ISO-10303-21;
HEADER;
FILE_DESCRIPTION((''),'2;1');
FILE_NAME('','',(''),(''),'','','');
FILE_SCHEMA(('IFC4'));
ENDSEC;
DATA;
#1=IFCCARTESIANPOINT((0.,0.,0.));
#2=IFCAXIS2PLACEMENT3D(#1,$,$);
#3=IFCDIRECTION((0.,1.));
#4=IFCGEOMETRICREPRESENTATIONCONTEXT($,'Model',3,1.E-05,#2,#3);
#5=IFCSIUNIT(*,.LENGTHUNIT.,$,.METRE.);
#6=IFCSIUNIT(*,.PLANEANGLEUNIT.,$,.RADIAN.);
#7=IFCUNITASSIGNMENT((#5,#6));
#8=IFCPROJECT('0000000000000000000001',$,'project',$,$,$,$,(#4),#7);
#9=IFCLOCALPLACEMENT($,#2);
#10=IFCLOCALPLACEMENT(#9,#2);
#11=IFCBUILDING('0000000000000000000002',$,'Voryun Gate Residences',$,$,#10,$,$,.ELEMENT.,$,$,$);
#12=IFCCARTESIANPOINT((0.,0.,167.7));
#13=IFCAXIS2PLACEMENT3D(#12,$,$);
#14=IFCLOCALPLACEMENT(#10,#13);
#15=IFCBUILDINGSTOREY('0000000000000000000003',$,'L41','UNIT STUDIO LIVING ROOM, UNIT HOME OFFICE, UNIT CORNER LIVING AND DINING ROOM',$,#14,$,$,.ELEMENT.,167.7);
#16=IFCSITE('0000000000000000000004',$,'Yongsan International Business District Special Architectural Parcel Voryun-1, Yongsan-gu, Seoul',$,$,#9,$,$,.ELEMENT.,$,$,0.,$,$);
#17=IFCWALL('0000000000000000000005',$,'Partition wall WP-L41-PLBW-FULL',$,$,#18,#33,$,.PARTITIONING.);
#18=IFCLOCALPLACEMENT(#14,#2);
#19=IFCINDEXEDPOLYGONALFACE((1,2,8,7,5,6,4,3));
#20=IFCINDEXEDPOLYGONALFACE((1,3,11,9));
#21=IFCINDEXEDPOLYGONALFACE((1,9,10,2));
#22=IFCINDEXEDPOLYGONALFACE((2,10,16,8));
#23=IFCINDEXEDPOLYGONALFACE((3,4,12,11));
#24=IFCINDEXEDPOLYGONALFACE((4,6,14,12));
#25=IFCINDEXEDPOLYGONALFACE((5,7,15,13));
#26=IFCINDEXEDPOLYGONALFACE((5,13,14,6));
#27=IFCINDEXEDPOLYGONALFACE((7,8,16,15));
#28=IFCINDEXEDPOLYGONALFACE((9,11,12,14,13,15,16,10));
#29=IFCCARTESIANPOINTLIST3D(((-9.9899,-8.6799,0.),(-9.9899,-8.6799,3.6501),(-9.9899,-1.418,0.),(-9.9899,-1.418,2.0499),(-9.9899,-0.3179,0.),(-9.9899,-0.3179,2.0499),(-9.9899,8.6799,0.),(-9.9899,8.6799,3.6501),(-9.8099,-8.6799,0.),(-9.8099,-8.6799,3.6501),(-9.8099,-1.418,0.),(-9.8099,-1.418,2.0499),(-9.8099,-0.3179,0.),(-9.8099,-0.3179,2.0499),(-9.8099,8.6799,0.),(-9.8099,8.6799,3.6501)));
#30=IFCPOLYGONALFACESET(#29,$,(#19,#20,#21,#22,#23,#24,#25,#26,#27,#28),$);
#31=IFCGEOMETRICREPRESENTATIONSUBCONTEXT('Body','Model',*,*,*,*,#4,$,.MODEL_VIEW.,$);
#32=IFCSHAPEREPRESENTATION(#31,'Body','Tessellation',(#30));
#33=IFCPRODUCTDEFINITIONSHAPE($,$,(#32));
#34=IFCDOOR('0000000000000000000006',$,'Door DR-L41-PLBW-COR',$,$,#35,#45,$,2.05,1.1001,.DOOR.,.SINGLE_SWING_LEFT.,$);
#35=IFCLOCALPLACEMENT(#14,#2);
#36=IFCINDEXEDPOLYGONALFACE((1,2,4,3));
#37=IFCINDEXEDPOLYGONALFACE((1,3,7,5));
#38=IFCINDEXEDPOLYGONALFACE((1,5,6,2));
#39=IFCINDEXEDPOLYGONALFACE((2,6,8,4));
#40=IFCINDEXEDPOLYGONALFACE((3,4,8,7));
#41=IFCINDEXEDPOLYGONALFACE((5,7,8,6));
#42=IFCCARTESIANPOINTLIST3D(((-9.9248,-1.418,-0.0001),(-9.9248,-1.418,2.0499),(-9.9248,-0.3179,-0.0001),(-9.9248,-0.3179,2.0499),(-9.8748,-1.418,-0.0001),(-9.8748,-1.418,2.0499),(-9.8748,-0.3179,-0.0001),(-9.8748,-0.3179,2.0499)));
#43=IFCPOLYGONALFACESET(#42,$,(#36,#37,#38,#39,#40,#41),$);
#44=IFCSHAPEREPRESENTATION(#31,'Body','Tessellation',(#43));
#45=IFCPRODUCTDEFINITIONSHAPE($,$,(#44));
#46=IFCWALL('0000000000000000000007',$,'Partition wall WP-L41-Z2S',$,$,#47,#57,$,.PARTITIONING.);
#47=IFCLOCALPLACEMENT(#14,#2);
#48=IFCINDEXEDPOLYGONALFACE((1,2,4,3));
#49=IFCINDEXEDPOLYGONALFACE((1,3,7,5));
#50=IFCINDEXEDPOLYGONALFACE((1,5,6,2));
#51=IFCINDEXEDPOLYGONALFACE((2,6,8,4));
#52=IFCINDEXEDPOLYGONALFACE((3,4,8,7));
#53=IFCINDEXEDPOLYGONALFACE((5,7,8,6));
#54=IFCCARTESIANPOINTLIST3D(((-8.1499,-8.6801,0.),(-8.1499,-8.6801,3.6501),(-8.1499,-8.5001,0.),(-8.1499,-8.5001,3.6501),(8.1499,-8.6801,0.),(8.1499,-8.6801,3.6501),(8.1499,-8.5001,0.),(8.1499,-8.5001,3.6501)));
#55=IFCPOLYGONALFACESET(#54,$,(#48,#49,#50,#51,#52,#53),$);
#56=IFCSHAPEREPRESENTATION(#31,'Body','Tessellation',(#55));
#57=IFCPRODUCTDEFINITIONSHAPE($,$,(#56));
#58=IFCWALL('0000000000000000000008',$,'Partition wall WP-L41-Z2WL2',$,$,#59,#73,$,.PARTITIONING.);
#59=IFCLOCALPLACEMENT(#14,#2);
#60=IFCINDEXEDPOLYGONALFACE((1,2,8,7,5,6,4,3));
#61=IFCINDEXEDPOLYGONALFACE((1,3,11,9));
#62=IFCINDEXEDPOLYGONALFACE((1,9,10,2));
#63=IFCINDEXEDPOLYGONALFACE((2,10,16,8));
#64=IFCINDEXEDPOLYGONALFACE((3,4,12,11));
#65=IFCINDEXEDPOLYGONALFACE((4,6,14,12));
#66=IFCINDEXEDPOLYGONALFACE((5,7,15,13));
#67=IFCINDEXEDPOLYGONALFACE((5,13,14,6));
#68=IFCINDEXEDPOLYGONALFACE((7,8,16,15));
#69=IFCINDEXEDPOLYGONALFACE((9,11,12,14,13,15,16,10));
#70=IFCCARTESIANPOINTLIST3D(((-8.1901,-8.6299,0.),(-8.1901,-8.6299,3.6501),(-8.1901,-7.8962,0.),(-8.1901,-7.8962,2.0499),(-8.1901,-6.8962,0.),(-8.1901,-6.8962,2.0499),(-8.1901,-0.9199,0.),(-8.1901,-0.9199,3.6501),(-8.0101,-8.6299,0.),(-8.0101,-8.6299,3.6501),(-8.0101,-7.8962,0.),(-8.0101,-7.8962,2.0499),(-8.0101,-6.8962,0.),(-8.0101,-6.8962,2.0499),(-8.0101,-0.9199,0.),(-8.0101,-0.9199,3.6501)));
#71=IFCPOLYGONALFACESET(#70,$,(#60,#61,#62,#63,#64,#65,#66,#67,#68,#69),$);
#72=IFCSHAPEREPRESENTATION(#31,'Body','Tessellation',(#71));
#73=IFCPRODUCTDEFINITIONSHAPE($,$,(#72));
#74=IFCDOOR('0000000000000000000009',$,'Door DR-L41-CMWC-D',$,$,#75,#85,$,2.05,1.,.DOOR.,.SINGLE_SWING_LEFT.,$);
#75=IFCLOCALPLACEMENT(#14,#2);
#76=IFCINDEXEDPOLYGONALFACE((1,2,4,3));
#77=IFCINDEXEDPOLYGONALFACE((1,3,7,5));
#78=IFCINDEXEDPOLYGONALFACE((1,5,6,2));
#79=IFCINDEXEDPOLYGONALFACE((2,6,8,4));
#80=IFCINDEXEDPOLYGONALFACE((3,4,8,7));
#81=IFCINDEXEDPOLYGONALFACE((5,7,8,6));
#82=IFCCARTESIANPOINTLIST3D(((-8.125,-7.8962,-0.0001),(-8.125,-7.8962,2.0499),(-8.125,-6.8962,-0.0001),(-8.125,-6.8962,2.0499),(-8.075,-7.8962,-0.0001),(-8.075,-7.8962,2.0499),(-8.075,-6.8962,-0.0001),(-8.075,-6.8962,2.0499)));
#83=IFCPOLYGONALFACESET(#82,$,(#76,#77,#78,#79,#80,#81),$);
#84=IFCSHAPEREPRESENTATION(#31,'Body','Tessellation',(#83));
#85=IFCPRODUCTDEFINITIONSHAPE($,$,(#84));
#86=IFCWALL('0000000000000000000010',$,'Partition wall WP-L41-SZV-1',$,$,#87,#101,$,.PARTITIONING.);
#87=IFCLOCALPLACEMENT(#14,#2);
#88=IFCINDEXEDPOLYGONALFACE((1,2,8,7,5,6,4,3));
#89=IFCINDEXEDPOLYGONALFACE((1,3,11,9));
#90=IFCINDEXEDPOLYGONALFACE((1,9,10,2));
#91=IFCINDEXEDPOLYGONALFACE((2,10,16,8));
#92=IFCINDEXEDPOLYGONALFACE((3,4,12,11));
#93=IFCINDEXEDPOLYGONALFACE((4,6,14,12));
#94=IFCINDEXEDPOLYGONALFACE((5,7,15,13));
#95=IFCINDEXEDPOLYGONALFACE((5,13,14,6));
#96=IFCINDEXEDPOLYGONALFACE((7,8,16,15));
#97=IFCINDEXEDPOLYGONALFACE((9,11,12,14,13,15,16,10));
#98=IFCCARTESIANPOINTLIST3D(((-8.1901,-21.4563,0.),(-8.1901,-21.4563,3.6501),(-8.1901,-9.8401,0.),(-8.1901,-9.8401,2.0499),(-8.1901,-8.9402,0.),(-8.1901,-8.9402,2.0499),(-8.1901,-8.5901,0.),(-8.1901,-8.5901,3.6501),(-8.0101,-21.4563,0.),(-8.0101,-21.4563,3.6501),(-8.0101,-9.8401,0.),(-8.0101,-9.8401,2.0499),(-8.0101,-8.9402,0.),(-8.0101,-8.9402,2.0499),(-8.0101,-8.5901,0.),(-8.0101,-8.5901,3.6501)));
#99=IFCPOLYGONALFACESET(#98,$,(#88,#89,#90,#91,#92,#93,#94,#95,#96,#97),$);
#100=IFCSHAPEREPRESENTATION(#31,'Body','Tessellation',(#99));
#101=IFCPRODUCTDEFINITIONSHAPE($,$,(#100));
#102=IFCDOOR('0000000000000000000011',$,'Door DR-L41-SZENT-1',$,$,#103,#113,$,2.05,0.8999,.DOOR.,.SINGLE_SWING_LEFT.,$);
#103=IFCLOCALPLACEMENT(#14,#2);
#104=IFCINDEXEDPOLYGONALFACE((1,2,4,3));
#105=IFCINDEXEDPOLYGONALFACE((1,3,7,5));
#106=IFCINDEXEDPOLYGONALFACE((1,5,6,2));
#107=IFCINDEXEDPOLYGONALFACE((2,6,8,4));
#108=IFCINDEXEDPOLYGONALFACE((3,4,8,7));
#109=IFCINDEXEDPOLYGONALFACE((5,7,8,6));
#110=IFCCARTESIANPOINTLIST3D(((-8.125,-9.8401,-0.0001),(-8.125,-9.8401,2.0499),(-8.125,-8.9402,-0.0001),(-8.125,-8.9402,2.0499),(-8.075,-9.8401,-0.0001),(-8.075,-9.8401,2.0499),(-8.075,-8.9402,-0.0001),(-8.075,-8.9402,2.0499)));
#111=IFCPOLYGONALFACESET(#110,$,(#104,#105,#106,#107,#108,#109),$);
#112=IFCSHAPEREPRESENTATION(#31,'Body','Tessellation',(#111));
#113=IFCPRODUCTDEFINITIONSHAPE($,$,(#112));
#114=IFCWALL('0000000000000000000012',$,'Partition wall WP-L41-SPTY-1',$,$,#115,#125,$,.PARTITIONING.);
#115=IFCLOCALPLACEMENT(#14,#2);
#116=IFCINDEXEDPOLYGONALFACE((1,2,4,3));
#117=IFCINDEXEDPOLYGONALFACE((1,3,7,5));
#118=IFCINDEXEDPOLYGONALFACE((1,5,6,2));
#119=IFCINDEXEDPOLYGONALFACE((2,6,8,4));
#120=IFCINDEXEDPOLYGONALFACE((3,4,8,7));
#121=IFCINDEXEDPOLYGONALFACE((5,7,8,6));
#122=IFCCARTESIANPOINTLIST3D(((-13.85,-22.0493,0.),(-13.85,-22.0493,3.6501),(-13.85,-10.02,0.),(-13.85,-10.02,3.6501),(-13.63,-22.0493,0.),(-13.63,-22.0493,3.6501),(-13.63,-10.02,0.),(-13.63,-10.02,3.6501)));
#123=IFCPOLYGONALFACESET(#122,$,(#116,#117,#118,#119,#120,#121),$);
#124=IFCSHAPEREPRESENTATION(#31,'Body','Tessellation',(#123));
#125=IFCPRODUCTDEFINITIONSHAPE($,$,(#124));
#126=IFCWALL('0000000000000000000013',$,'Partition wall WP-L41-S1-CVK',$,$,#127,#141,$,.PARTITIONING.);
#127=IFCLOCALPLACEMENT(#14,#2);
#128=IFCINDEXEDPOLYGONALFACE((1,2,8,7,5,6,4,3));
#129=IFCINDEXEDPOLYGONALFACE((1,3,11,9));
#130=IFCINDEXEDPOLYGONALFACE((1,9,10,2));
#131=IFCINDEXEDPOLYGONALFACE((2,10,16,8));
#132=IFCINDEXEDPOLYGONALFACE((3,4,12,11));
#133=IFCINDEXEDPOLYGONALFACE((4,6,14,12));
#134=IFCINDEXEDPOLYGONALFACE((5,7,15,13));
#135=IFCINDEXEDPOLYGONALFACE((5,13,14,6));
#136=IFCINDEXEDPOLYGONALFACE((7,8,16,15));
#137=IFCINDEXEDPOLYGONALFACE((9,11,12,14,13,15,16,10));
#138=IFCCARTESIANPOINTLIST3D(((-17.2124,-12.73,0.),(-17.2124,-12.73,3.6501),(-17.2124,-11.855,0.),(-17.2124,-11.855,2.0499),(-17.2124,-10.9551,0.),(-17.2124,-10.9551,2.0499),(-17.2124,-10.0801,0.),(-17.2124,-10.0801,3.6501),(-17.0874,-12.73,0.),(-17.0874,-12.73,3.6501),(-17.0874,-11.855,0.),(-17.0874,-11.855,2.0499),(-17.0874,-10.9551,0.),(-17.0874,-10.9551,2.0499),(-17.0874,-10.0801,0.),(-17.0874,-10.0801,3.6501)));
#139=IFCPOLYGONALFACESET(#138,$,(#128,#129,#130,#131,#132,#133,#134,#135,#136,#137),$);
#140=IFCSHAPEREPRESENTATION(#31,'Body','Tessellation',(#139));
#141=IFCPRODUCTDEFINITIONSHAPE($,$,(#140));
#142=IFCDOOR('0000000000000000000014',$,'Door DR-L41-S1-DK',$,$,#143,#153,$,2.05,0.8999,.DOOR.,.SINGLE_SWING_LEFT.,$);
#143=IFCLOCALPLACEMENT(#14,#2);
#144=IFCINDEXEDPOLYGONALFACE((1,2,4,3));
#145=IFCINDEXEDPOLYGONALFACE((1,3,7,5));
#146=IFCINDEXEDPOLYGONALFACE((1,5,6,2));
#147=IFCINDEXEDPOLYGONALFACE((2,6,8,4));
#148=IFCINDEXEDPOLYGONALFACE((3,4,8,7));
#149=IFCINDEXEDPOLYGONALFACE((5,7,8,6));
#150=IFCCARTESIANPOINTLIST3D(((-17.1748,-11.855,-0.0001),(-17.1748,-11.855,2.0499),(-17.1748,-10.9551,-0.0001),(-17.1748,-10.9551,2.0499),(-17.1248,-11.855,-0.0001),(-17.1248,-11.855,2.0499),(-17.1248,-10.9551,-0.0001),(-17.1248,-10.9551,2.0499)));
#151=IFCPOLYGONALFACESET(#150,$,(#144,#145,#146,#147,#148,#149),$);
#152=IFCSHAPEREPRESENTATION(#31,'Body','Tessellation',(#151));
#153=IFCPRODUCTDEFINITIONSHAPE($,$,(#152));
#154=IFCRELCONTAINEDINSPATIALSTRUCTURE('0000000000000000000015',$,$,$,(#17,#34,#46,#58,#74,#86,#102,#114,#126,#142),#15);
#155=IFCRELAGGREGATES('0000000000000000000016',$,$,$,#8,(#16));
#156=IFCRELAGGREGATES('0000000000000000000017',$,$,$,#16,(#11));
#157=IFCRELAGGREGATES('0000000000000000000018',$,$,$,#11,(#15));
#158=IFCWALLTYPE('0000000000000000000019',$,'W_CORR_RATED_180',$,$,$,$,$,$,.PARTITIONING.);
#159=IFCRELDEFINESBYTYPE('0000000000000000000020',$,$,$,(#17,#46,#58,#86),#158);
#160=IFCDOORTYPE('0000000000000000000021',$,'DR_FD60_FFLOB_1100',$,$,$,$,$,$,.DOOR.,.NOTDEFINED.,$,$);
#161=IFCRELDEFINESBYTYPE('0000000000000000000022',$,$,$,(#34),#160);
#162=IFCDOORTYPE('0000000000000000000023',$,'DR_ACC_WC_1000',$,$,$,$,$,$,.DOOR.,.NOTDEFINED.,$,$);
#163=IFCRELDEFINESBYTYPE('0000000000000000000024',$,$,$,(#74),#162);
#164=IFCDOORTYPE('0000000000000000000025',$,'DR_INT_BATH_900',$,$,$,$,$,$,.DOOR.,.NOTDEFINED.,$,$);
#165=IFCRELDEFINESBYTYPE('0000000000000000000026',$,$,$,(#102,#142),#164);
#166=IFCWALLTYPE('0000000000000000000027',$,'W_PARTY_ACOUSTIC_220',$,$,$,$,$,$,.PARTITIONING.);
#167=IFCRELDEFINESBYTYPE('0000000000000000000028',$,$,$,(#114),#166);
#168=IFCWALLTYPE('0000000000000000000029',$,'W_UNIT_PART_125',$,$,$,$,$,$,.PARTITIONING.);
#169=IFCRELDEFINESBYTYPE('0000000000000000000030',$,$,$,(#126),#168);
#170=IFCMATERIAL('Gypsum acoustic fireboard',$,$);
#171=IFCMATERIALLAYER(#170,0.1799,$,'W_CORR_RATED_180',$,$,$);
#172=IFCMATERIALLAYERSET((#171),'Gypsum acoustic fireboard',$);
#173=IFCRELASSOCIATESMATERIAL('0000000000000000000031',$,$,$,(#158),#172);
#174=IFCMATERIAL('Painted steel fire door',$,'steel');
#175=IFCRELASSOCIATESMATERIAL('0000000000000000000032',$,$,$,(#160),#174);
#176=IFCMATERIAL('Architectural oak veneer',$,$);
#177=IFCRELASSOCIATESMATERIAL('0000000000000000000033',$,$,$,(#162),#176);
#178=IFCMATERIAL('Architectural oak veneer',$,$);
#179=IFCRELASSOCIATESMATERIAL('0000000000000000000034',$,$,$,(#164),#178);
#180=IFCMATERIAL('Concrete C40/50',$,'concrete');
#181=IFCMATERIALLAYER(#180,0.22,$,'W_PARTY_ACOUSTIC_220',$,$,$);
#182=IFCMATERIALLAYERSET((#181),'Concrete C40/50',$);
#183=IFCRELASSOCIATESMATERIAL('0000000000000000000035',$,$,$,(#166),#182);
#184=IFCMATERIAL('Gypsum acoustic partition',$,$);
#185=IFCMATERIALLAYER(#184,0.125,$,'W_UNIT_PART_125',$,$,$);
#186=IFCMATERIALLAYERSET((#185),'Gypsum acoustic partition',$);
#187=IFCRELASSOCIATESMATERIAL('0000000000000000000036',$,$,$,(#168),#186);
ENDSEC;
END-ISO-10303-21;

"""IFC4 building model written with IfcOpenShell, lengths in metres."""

from ifc_helpers import new_model, si_unit, direction, frame, frame_2d, origin, place, context, subcontext, project, spatial, rectangle, extrude, material, layer, layer_set, type_object, element, fill, save


model = new_model("IFC4")

# Units and contexts
model_context = context("Model", 3, precision=1e-05, world=origin(), true_north=direction((0.0, 1.0)))
body_context = subcontext(model_context, "Body", "Model", "MODEL_VIEW")
ifc_project = project(units=[si_unit("LENGTHUNIT", "METRE"), si_unit("PLANEANGLEUNIT", "RADIAN")], contexts=[model_context])

# Site, building, storey
site_placement = place(None, origin())
site = spatial("IfcSite", under=ifc_project, at=site_placement, Name="Yongsan International Business District Special Architectural Parcel Voryun-1, Yongsan-gu, Seoul", CompositionType="ELEMENT", RefElevation=0.0)
building_placement = place(site_placement, origin())
building = spatial("IfcBuilding", under=site, at=building_placement, Name="Voryun Gate Residences", CompositionType="ELEMENT")
storey_placement = place(building_placement, frame((0.0, 0.0, 167.7)))
storey = spatial("IfcBuildingStorey", under=building, at=storey_placement, Name="L41", Description="UNIT STUDIO LIVING ROOM, UNIT HOME OFFICE, UNIT CORNER LIVING AND DINING ROOM", CompositionType="ELEMENT", Elevation=167.7)

# Wall, opening, door
ifc_material_1 = material(Name="Gypsum acoustic fireboard")
ifc_layer_1 = layer(ifc_material_1, 0.1799, Name="W_CORR_RATED_180")
ifc_layer_set_1 = layer_set([ifc_layer_1], Name="Gypsum acoustic fireboard")
wall_type_1 = type_object("IfcWallType", Name="W_CORR_RATED_180", PredefinedType="PARTITIONING", material=ifc_layer_set_1)
wall_1_placement = place(storey_placement, frame((-9.8999, -8.6799, 0.0), z_axis=(0.0, 0.0, 1.0), x_axis=(0.0, 1.0, 0.0)))
wall_1 = element("IfcWall", 1, at=wall_1_placement, inside=storey, type_object=wall_type_1, Name="Partition wall WP-L41-PLBW-FULL", PredefinedType="PARTITIONING", context=body_context, shape_type="SweptSolid", body=[
    extrude(rectangle(XDim=17.3599, YDim=0.1799, at=frame_2d((8.6799, 0.0))), origin(), (0.0, 0.0, 1.0), 3.6501),
])
opening_1_placement = place(wall_1_placement, frame((7.262, 0.0, 0.0)))
opening_1 = element("IfcOpeningElement", 2, at=opening_1_placement, cuts=wall_1, PredefinedType="OPENING", context=body_context, shape_type="SweptSolid", body=[
    extrude(rectangle(XDim=1.1001, YDim=2.05, at=frame_2d((0.55, 1.0249))), frame((0.0, 0.0999, 0.0), z_axis=(0.0, -1.0, 0.0), x_axis=(1.0, 0.0, 0.0)), (0.0, 0.0, 1.0), 0.2),
])
ifc_material_2 = material(Name="Painted steel fire door", Category="steel")
door_type_1 = type_object("IfcDoorType", Name="DR_FD60_FFLOB_1100", OperationType="NOTDEFINED", PredefinedType="DOOR", material=ifc_material_2)
door_1_placement = place(opening_1_placement, origin())
door_1 = element("IfcDoor", 3, at=door_1_placement, inside=storey, type_object=door_type_1, Name="Door DR-L41-PLBW-COR", OperationType="SINGLE_SWING_LEFT", OverallHeight=2.05, OverallWidth=1.1001, PredefinedType="DOOR", context=body_context, shape_type="SweptSolid", body=[
    extrude(rectangle(XDim=1.1001, YDim=2.05, at=frame_2d((0.55, 1.0249))), frame((0.0, 0.0249, 0.0), z_axis=(0.0, -1.0, 0.0), x_axis=(1.0, 0.0, 0.0)), (0.0, 0.0, 1.0), 0.05),
])
fill(opening_1, door_1)

# Wall
wall_2_placement = place(storey_placement, frame((-8.1499, -8.5901, 0.0), z_axis=(0.0, 0.0, 1.0), x_axis=(1.0, 0.0, 0.0)))
element("IfcWall", 4, at=wall_2_placement, inside=storey, type_object=wall_type_1, Name="Partition wall WP-L41-Z2S", PredefinedType="PARTITIONING", context=body_context, shape_type="SweptSolid", body=[
    extrude(rectangle(XDim=16.2998, YDim=0.1799, at=frame_2d((8.1499, 0.0))), origin(), (0.0, 0.0, 1.0), 3.6501),
])

# Walls, openings, doors
wall_3_placement = place(storey_placement, frame((-8.1001, -8.6299, 0.0), z_axis=(0.0, 0.0, 1.0), x_axis=(0.0, 1.0, 0.0)))
wall_3 = element("IfcWall", 5, at=wall_3_placement, inside=storey, type_object=wall_type_1, Name="Partition wall WP-L41-Z2WL2", PredefinedType="PARTITIONING", context=body_context, shape_type="SweptSolid", body=[
    extrude(rectangle(XDim=7.71, YDim=0.1799, at=frame_2d((3.855, 0.0))), origin(), (0.0, 0.0, 1.0), 3.6501),
])
opening_2_placement = place(wall_3_placement, frame((0.7336, 0.0, 0.0)))
opening_2 = element("IfcOpeningElement", 6, at=opening_2_placement, cuts=wall_3, PredefinedType="OPENING", context=body_context, shape_type="SweptSolid", body=[
    extrude(rectangle(XDim=1.0, YDim=2.05, at=frame_2d((0.5, 1.0249))), frame((0.0, 0.0999, 0.0), z_axis=(0.0, -1.0, 0.0), x_axis=(1.0, 0.0, 0.0)), (0.0, 0.0, 1.0), 0.2),
])
ifc_material_3 = material(Name="Architectural oak veneer")
door_type_2 = type_object("IfcDoorType", Name="DR_ACC_WC_1000", OperationType="NOTDEFINED", PredefinedType="DOOR", material=ifc_material_3)
door_2_placement = place(opening_2_placement, origin())
door_2 = element("IfcDoor", 7, at=door_2_placement, inside=storey, type_object=door_type_2, Name="Door DR-L41-CMWC-D", OperationType="SINGLE_SWING_LEFT", OverallHeight=2.05, OverallWidth=1.0, PredefinedType="DOOR", context=body_context, shape_type="SweptSolid", body=[
    extrude(rectangle(XDim=1.0, YDim=2.05, at=frame_2d((0.5, 1.0249))), frame((0.0, 0.0249, 0.0), z_axis=(0.0, -1.0, 0.0), x_axis=(1.0, 0.0, 0.0)), (0.0, 0.0, 1.0), 0.05),
])
fill(opening_2, door_2)
wall_4_placement = place(storey_placement, frame((-8.1001, -21.4563, 0.0), z_axis=(0.0, 0.0, 1.0), x_axis=(0.0, 1.0, 0.0)))
wall_4 = element("IfcWall", 8, at=wall_4_placement, inside=storey, type_object=wall_type_1, Name="Partition wall WP-L41-SZV-1", PredefinedType="PARTITIONING", context=body_context, shape_type="SweptSolid", body=[
    extrude(rectangle(XDim=12.8662, YDim=0.1799, at=frame_2d((6.4331, 0.0))), origin(), (0.0, 0.0, 1.0), 3.6501),
])
opening_3_placement = place(wall_4_placement, frame((11.6162, 0.0, 0.0)))
opening_3 = element("IfcOpeningElement", 9, at=opening_3_placement, cuts=wall_4, PredefinedType="OPENING", context=body_context, shape_type="SweptSolid", body=[
    extrude(rectangle(XDim=0.8999, YDim=2.05, at=frame_2d((0.45, 1.0249))), frame((0.0, 0.0999, 0.0), z_axis=(0.0, -1.0, 0.0), x_axis=(1.0, 0.0, 0.0)), (0.0, 0.0, 1.0), 0.2),
])
ifc_material_4 = material(Name="Architectural oak veneer")
door_type_3 = type_object("IfcDoorType", Name="DR_INT_BATH_900", OperationType="NOTDEFINED", PredefinedType="DOOR", material=ifc_material_4)
door_3_placement = place(opening_3_placement, origin())
door_3 = element("IfcDoor", 10, at=door_3_placement, inside=storey, type_object=door_type_3, Name="Door DR-L41-SZENT-1", OperationType="SINGLE_SWING_LEFT", OverallHeight=2.05, OverallWidth=0.8999, PredefinedType="DOOR", context=body_context, shape_type="SweptSolid", body=[
    extrude(rectangle(XDim=0.8999, YDim=2.05, at=frame_2d((0.45, 1.0249))), frame((0.0, 0.0249, 0.0), z_axis=(0.0, -1.0, 0.0), x_axis=(1.0, 0.0, 0.0)), (0.0, 0.0, 1.0), 0.05),
])
fill(opening_3, door_3)

# Wall
ifc_material_5 = material(Name="Concrete C40/50", Category="concrete")
ifc_layer_2 = layer(ifc_material_5, 0.22, Name="W_PARTY_ACOUSTIC_220")
ifc_layer_set_2 = layer_set([ifc_layer_2], Name="Concrete C40/50")
wall_type_2 = type_object("IfcWallType", Name="W_PARTY_ACOUSTIC_220", PredefinedType="PARTITIONING", material=ifc_layer_set_2)
wall_5_placement = place(storey_placement, frame((-13.74, -22.0493, 0.0), z_axis=(0.0, 0.0, 1.0), x_axis=(0.0, 1.0, 0.0)))
element("IfcWall", 11, at=wall_5_placement, inside=storey, type_object=wall_type_2, Name="Partition wall WP-L41-SPTY-1", PredefinedType="PARTITIONING", context=body_context, shape_type="SweptSolid", body=[
    extrude(rectangle(XDim=12.0293, YDim=0.22, at=frame_2d((6.0146, 0.0))), origin(), (0.0, 0.0, 1.0), 3.6501),
])

# Wall, opening, door
ifc_material_6 = material(Name="Gypsum acoustic partition")
ifc_layer_3 = layer(ifc_material_6, 0.125, Name="W_UNIT_PART_125")
ifc_layer_set_3 = layer_set([ifc_layer_3], Name="Gypsum acoustic partition")
wall_type_3 = type_object("IfcWallType", Name="W_UNIT_PART_125", PredefinedType="PARTITIONING", material=ifc_layer_set_3)
wall_6_placement = place(storey_placement, frame((-17.1499, -12.73, 0.0), z_axis=(0.0, 0.0, 1.0), x_axis=(0.0, 1.0, 0.0)))
wall_6 = element("IfcWall", 12, at=wall_6_placement, inside=storey, type_object=wall_type_3, Name="Partition wall WP-L41-S1-CVK", PredefinedType="PARTITIONING", context=body_context, shape_type="SweptSolid", body=[
    extrude(rectangle(XDim=2.6499, YDim=0.125, at=frame_2d((1.325, 0.0))), origin(), (0.0, 0.0, 1.0), 3.6501),
])
opening_4_placement = place(wall_6_placement, frame((0.875, 0.0, 0.0)))
opening_4 = element("IfcOpeningElement", 13, at=opening_4_placement, cuts=wall_6, PredefinedType="OPENING", context=body_context, shape_type="SweptSolid", body=[
    extrude(rectangle(XDim=0.8999, YDim=2.05, at=frame_2d((0.45, 1.0249))), frame((0.0, 0.0725, 0.0), z_axis=(0.0, -1.0, 0.0), x_axis=(1.0, 0.0, 0.0)), (0.0, 0.0, 1.0), 0.145),
])
door_4_placement = place(opening_4_placement, origin())
door_4 = element("IfcDoor", 14, at=door_4_placement, inside=storey, type_object=door_type_3, Name="Door DR-L41-S1-DK", OperationType="SINGLE_SWING_LEFT", OverallHeight=2.05, OverallWidth=0.8999, PredefinedType="DOOR", context=body_context, shape_type="SweptSolid", body=[
    extrude(rectangle(XDim=0.8999, YDim=2.05, at=frame_2d((0.45, 1.0249))), frame((0.0, 0.0249, 0.0), z_axis=(0.0, -1.0, 0.0), x_axis=(1.0, 0.0, 0.0)), (0.0, 0.0, 1.0), 0.05),
])
fill(opening_4, door_4)

save(model, "model.ifc")
